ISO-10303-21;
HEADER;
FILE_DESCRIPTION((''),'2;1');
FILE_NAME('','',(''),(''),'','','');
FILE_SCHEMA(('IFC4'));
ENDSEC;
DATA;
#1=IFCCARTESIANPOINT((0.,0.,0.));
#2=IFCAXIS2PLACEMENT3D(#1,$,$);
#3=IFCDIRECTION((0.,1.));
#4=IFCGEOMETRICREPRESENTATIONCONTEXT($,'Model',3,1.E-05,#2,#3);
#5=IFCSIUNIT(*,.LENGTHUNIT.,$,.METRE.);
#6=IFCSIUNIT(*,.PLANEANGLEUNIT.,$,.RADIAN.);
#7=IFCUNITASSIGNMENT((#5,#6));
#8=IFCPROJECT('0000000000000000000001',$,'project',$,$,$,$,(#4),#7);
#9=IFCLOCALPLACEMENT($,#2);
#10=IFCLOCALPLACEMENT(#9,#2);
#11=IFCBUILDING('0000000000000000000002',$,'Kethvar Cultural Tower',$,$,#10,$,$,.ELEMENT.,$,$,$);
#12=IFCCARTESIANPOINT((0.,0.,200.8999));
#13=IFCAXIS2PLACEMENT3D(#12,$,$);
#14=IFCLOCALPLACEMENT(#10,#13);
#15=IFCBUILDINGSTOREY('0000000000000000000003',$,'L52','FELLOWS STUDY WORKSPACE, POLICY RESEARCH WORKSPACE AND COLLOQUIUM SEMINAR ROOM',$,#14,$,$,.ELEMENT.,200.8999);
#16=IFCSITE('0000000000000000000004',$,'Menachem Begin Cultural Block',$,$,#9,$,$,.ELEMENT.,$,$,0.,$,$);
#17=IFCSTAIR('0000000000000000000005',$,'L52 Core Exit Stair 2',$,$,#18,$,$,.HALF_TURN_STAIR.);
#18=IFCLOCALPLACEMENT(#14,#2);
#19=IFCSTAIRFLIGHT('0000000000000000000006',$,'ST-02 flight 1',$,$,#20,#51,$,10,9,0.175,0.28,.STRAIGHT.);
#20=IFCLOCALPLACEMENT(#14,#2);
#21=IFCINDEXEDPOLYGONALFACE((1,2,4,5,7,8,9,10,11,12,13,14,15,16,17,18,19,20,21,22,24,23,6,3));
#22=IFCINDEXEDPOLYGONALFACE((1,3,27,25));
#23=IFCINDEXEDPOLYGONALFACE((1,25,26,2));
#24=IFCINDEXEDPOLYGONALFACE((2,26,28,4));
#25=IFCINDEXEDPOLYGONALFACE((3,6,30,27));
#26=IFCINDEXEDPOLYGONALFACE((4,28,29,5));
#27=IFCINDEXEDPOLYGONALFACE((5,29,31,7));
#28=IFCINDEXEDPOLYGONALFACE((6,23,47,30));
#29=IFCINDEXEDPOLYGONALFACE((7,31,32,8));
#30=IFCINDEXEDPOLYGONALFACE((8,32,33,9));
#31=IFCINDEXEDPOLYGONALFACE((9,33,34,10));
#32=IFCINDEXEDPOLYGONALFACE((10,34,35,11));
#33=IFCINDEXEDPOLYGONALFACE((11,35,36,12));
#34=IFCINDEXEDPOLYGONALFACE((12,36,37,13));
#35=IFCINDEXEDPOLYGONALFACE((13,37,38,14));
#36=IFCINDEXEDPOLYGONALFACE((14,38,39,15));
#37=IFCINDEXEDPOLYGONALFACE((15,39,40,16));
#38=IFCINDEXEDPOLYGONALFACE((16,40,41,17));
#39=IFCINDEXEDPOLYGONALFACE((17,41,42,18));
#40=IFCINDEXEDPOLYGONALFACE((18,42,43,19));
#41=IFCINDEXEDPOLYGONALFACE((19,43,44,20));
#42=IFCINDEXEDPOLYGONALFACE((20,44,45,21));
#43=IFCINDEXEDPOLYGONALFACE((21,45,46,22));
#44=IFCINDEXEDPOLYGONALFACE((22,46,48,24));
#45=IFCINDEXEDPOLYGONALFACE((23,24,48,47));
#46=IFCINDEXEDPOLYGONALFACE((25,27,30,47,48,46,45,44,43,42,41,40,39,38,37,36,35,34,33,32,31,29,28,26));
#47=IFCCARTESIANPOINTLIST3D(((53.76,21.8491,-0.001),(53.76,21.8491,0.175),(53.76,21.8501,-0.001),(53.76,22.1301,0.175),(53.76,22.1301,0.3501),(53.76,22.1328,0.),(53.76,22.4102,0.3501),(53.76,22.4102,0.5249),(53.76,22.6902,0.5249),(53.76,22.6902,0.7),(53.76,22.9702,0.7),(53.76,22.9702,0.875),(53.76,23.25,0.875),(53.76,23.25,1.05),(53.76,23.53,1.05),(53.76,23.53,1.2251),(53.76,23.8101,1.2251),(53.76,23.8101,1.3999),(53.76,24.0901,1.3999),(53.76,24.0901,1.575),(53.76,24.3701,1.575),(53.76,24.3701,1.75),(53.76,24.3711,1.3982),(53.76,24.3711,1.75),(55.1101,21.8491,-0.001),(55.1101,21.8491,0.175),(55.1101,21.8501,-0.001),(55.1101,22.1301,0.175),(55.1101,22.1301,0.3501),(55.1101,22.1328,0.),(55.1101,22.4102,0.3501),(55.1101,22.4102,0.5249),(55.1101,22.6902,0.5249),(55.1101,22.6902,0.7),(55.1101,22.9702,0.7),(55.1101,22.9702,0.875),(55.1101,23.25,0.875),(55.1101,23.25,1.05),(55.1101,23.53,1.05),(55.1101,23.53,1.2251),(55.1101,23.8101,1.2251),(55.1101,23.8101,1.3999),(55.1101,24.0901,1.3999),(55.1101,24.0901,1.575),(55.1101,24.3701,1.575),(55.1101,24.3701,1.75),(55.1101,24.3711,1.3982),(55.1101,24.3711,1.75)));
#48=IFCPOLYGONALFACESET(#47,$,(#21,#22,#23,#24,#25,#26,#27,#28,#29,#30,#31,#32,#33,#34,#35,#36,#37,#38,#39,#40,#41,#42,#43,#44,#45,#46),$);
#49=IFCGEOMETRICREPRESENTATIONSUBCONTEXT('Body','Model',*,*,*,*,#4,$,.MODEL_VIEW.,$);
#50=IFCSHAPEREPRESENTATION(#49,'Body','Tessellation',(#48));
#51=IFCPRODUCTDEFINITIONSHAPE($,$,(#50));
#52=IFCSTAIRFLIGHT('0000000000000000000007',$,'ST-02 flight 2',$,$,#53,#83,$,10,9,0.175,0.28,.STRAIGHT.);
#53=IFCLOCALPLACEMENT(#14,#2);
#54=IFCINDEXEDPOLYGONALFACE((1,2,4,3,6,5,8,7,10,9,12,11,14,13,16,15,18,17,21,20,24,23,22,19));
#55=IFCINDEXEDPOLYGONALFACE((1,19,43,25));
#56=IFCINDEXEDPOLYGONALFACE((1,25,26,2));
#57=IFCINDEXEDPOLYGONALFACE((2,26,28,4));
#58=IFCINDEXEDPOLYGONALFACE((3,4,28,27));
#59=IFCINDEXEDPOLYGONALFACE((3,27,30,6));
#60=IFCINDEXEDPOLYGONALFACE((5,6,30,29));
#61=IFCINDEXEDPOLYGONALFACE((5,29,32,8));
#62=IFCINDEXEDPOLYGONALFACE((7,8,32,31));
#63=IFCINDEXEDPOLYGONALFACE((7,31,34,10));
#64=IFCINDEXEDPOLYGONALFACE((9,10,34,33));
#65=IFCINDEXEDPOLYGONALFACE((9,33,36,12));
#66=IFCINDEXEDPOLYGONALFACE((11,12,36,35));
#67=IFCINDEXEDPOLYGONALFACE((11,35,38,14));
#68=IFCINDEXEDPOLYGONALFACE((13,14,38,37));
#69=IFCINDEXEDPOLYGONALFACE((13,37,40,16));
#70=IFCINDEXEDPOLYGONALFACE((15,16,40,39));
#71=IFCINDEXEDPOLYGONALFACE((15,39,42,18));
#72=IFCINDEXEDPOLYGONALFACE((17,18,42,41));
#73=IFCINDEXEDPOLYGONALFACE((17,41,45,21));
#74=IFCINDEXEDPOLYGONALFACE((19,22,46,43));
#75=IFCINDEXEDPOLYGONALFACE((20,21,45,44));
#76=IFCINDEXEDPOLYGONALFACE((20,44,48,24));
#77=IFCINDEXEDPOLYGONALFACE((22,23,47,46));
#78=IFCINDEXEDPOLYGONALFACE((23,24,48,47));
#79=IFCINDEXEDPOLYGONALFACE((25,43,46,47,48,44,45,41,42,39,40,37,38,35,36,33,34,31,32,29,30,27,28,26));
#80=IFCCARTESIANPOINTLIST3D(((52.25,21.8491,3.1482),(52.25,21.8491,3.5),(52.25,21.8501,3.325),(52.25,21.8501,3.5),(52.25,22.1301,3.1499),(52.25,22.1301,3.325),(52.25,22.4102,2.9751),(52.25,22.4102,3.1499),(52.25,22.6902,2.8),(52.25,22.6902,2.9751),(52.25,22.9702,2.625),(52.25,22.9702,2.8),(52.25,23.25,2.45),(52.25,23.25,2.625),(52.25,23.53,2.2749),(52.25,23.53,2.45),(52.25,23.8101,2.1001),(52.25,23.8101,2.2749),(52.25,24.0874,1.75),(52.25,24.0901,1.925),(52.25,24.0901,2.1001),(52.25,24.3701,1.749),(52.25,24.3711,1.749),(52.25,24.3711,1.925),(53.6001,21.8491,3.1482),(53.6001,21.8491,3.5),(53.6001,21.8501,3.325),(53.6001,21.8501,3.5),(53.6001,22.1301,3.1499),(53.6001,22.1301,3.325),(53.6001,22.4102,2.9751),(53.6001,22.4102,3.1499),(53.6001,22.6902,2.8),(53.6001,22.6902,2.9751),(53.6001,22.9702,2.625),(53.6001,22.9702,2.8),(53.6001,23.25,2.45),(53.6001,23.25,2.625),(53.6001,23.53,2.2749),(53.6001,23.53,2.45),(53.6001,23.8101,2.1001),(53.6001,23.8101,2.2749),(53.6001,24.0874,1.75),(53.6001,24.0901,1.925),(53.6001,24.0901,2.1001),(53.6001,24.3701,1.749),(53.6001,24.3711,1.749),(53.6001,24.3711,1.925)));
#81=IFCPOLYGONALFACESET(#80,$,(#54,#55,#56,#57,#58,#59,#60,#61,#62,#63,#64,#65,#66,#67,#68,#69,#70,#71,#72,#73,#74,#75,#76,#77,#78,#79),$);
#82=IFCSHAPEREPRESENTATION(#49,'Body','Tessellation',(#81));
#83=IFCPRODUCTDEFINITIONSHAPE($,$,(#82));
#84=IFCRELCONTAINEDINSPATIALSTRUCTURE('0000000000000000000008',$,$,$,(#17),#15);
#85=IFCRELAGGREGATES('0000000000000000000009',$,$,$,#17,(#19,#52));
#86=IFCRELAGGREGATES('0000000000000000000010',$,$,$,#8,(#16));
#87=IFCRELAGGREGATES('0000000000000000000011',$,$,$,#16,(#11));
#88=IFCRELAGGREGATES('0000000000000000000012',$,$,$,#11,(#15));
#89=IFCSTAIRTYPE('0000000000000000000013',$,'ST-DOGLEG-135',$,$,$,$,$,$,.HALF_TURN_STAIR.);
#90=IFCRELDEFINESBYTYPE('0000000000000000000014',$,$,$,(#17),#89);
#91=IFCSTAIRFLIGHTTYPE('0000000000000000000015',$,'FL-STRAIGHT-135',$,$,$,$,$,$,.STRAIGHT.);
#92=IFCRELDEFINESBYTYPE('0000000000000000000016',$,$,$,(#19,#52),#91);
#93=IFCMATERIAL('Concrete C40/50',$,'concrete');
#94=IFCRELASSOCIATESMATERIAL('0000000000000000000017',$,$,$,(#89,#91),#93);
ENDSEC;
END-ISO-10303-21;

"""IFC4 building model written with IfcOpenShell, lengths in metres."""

from ifc_helpers import new_model, si_unit, direction, frame, origin, place, context, subcontext, project, spatial, polyline, outline, extrude, material, type_object, element, aggregate, save


model = new_model("IFC4")

# Units and contexts
model_context = context("Model", 3, precision=1e-05, world=origin(), true_north=direction((0.0, 1.0)))
body_context = subcontext(model_context, "Body", "Model", "MODEL_VIEW")
ifc_project = project(units=[si_unit("LENGTHUNIT", "METRE"), si_unit("PLANEANGLEUNIT", "RADIAN")], contexts=[model_context])

# Site, building, storey
site_placement = place(None, origin())
site = spatial("IfcSite", under=ifc_project, at=site_placement, Name="Menachem Begin Cultural Block", CompositionType="ELEMENT", RefElevation=0.0)
building_placement = place(site_placement, origin())
building = spatial("IfcBuilding", under=site, at=building_placement, Name="Kethvar Cultural Tower", CompositionType="ELEMENT")
storey_placement = place(building_placement, frame((0.0, 0.0, 200.8999)))
storey = spatial("IfcBuildingStorey", under=building, at=storey_placement, Name="L52", Description="FELLOWS STUDY WORKSPACE, POLICY RESEARCH WORKSPACE AND COLLOQUIUM SEMINAR ROOM", CompositionType="ELEMENT", Elevation=200.8999)

# Shared definitions
ifc_material_1 = material(Name="Concrete C40/50", Category="concrete")

# Stair, stair flights
stair_type = type_object("IfcStairType", Name="ST-DOGLEG-135", PredefinedType="HALF_TURN_STAIR", material=ifc_material_1)
stair_placement = place(storey_placement, origin())
stair = element("IfcStair", 1, at=stair_placement, inside=storey, type_object=stair_type, Name="L52 Core Exit Stair 2", PredefinedType="HALF_TURN_STAIR")
stair_flight_type = type_object("IfcStairFlightType", Name="FL-STRAIGHT-135", PredefinedType="STRAIGHT", material=ifc_material_1)
stair_flight_1_placement = place(storey_placement, frame((54.4351, 21.8501, 0.0), z_axis=(0.0, 0.0, 1.0), x_axis=(0.0, 1.0, 0.0)))
stair_flight_1 = element("IfcStairFlight", 2, at=stair_flight_1_placement, type_object=stair_flight_type, Name="ST-02 flight 1", NumberOfRisers=10, NumberOfTreads=9, PredefinedType="STRAIGHT", RiserHeight=0.175, TreadLength=0.28, context=body_context, shape_type="SweptSolid", body=[
    extrude(outline(polyline([(-0.001, -0.001), (-0.001, 0.175), (0.28, 0.175), (0.28, 0.3501), (0.5601, 0.3501), (0.5601, 0.5249), (0.8401, 0.5249), (0.8401, 0.7), (1.1201, 0.7), (1.1201, 0.875), (1.3999, 0.875), (1.3999, 1.05), (1.6799, 1.05), (1.6799, 1.2251), (1.96, 1.2251), (1.96, 1.3999), (2.24, 1.3999), (2.24, 1.575), (2.52, 1.575), (2.52, 1.75), (2.521, 1.75), (2.521, 1.3982), (0.2827, 0.0), (0.0, -0.001), (-0.001, -0.001)])), frame((0.0, 0.675, 0.0), z_axis=(0.0, -1.0, 0.0), x_axis=(1.0, 0.0, 0.0)), (0.0, 0.0, 1.0), 1.3501),
])
stair_flight_2_placement = place(storey_placement, frame((52.925, 24.3701, 1.75), z_axis=(0.0, 0.0, 1.0), x_axis=(0.0, -1.0, 0.0)))
stair_flight_2 = element("IfcStairFlight", 3, at=stair_flight_2_placement, type_object=stair_flight_type, Name="ST-02 flight 2", NumberOfRisers=10, NumberOfTreads=9, PredefinedType="STRAIGHT", RiserHeight=0.175, TreadLength=0.28, context=body_context, shape_type="SweptSolid", body=[
    extrude(outline(polyline([(-0.001, -0.001), (-0.001, 0.175), (0.28, 0.175), (0.28, 0.3501), (0.5601, 0.3501), (0.5601, 0.5249), (0.8401, 0.5249), (0.8401, 0.7), (1.1201, 0.7), (1.1201, 0.875), (1.3999, 0.875), (1.3999, 1.05), (1.6799, 1.05), (1.6799, 1.2251), (1.96, 1.2251), (1.96, 1.3999), (2.24, 1.3999), (2.24, 1.575), (2.52, 1.575), (2.52, 1.75), (2.521, 1.75), (2.521, 1.3982), (0.2827, 0.0), (0.0, -0.001), (-0.001, -0.001)])), frame((0.0, 0.675, 0.0), z_axis=(0.0, -1.0, 0.0), x_axis=(1.0, 0.0, 0.0)), (0.0, 0.0, 1.0), 1.3501),
])
aggregate(stair, [stair_flight_1, stair_flight_2])

save(model, "model.ifc")
